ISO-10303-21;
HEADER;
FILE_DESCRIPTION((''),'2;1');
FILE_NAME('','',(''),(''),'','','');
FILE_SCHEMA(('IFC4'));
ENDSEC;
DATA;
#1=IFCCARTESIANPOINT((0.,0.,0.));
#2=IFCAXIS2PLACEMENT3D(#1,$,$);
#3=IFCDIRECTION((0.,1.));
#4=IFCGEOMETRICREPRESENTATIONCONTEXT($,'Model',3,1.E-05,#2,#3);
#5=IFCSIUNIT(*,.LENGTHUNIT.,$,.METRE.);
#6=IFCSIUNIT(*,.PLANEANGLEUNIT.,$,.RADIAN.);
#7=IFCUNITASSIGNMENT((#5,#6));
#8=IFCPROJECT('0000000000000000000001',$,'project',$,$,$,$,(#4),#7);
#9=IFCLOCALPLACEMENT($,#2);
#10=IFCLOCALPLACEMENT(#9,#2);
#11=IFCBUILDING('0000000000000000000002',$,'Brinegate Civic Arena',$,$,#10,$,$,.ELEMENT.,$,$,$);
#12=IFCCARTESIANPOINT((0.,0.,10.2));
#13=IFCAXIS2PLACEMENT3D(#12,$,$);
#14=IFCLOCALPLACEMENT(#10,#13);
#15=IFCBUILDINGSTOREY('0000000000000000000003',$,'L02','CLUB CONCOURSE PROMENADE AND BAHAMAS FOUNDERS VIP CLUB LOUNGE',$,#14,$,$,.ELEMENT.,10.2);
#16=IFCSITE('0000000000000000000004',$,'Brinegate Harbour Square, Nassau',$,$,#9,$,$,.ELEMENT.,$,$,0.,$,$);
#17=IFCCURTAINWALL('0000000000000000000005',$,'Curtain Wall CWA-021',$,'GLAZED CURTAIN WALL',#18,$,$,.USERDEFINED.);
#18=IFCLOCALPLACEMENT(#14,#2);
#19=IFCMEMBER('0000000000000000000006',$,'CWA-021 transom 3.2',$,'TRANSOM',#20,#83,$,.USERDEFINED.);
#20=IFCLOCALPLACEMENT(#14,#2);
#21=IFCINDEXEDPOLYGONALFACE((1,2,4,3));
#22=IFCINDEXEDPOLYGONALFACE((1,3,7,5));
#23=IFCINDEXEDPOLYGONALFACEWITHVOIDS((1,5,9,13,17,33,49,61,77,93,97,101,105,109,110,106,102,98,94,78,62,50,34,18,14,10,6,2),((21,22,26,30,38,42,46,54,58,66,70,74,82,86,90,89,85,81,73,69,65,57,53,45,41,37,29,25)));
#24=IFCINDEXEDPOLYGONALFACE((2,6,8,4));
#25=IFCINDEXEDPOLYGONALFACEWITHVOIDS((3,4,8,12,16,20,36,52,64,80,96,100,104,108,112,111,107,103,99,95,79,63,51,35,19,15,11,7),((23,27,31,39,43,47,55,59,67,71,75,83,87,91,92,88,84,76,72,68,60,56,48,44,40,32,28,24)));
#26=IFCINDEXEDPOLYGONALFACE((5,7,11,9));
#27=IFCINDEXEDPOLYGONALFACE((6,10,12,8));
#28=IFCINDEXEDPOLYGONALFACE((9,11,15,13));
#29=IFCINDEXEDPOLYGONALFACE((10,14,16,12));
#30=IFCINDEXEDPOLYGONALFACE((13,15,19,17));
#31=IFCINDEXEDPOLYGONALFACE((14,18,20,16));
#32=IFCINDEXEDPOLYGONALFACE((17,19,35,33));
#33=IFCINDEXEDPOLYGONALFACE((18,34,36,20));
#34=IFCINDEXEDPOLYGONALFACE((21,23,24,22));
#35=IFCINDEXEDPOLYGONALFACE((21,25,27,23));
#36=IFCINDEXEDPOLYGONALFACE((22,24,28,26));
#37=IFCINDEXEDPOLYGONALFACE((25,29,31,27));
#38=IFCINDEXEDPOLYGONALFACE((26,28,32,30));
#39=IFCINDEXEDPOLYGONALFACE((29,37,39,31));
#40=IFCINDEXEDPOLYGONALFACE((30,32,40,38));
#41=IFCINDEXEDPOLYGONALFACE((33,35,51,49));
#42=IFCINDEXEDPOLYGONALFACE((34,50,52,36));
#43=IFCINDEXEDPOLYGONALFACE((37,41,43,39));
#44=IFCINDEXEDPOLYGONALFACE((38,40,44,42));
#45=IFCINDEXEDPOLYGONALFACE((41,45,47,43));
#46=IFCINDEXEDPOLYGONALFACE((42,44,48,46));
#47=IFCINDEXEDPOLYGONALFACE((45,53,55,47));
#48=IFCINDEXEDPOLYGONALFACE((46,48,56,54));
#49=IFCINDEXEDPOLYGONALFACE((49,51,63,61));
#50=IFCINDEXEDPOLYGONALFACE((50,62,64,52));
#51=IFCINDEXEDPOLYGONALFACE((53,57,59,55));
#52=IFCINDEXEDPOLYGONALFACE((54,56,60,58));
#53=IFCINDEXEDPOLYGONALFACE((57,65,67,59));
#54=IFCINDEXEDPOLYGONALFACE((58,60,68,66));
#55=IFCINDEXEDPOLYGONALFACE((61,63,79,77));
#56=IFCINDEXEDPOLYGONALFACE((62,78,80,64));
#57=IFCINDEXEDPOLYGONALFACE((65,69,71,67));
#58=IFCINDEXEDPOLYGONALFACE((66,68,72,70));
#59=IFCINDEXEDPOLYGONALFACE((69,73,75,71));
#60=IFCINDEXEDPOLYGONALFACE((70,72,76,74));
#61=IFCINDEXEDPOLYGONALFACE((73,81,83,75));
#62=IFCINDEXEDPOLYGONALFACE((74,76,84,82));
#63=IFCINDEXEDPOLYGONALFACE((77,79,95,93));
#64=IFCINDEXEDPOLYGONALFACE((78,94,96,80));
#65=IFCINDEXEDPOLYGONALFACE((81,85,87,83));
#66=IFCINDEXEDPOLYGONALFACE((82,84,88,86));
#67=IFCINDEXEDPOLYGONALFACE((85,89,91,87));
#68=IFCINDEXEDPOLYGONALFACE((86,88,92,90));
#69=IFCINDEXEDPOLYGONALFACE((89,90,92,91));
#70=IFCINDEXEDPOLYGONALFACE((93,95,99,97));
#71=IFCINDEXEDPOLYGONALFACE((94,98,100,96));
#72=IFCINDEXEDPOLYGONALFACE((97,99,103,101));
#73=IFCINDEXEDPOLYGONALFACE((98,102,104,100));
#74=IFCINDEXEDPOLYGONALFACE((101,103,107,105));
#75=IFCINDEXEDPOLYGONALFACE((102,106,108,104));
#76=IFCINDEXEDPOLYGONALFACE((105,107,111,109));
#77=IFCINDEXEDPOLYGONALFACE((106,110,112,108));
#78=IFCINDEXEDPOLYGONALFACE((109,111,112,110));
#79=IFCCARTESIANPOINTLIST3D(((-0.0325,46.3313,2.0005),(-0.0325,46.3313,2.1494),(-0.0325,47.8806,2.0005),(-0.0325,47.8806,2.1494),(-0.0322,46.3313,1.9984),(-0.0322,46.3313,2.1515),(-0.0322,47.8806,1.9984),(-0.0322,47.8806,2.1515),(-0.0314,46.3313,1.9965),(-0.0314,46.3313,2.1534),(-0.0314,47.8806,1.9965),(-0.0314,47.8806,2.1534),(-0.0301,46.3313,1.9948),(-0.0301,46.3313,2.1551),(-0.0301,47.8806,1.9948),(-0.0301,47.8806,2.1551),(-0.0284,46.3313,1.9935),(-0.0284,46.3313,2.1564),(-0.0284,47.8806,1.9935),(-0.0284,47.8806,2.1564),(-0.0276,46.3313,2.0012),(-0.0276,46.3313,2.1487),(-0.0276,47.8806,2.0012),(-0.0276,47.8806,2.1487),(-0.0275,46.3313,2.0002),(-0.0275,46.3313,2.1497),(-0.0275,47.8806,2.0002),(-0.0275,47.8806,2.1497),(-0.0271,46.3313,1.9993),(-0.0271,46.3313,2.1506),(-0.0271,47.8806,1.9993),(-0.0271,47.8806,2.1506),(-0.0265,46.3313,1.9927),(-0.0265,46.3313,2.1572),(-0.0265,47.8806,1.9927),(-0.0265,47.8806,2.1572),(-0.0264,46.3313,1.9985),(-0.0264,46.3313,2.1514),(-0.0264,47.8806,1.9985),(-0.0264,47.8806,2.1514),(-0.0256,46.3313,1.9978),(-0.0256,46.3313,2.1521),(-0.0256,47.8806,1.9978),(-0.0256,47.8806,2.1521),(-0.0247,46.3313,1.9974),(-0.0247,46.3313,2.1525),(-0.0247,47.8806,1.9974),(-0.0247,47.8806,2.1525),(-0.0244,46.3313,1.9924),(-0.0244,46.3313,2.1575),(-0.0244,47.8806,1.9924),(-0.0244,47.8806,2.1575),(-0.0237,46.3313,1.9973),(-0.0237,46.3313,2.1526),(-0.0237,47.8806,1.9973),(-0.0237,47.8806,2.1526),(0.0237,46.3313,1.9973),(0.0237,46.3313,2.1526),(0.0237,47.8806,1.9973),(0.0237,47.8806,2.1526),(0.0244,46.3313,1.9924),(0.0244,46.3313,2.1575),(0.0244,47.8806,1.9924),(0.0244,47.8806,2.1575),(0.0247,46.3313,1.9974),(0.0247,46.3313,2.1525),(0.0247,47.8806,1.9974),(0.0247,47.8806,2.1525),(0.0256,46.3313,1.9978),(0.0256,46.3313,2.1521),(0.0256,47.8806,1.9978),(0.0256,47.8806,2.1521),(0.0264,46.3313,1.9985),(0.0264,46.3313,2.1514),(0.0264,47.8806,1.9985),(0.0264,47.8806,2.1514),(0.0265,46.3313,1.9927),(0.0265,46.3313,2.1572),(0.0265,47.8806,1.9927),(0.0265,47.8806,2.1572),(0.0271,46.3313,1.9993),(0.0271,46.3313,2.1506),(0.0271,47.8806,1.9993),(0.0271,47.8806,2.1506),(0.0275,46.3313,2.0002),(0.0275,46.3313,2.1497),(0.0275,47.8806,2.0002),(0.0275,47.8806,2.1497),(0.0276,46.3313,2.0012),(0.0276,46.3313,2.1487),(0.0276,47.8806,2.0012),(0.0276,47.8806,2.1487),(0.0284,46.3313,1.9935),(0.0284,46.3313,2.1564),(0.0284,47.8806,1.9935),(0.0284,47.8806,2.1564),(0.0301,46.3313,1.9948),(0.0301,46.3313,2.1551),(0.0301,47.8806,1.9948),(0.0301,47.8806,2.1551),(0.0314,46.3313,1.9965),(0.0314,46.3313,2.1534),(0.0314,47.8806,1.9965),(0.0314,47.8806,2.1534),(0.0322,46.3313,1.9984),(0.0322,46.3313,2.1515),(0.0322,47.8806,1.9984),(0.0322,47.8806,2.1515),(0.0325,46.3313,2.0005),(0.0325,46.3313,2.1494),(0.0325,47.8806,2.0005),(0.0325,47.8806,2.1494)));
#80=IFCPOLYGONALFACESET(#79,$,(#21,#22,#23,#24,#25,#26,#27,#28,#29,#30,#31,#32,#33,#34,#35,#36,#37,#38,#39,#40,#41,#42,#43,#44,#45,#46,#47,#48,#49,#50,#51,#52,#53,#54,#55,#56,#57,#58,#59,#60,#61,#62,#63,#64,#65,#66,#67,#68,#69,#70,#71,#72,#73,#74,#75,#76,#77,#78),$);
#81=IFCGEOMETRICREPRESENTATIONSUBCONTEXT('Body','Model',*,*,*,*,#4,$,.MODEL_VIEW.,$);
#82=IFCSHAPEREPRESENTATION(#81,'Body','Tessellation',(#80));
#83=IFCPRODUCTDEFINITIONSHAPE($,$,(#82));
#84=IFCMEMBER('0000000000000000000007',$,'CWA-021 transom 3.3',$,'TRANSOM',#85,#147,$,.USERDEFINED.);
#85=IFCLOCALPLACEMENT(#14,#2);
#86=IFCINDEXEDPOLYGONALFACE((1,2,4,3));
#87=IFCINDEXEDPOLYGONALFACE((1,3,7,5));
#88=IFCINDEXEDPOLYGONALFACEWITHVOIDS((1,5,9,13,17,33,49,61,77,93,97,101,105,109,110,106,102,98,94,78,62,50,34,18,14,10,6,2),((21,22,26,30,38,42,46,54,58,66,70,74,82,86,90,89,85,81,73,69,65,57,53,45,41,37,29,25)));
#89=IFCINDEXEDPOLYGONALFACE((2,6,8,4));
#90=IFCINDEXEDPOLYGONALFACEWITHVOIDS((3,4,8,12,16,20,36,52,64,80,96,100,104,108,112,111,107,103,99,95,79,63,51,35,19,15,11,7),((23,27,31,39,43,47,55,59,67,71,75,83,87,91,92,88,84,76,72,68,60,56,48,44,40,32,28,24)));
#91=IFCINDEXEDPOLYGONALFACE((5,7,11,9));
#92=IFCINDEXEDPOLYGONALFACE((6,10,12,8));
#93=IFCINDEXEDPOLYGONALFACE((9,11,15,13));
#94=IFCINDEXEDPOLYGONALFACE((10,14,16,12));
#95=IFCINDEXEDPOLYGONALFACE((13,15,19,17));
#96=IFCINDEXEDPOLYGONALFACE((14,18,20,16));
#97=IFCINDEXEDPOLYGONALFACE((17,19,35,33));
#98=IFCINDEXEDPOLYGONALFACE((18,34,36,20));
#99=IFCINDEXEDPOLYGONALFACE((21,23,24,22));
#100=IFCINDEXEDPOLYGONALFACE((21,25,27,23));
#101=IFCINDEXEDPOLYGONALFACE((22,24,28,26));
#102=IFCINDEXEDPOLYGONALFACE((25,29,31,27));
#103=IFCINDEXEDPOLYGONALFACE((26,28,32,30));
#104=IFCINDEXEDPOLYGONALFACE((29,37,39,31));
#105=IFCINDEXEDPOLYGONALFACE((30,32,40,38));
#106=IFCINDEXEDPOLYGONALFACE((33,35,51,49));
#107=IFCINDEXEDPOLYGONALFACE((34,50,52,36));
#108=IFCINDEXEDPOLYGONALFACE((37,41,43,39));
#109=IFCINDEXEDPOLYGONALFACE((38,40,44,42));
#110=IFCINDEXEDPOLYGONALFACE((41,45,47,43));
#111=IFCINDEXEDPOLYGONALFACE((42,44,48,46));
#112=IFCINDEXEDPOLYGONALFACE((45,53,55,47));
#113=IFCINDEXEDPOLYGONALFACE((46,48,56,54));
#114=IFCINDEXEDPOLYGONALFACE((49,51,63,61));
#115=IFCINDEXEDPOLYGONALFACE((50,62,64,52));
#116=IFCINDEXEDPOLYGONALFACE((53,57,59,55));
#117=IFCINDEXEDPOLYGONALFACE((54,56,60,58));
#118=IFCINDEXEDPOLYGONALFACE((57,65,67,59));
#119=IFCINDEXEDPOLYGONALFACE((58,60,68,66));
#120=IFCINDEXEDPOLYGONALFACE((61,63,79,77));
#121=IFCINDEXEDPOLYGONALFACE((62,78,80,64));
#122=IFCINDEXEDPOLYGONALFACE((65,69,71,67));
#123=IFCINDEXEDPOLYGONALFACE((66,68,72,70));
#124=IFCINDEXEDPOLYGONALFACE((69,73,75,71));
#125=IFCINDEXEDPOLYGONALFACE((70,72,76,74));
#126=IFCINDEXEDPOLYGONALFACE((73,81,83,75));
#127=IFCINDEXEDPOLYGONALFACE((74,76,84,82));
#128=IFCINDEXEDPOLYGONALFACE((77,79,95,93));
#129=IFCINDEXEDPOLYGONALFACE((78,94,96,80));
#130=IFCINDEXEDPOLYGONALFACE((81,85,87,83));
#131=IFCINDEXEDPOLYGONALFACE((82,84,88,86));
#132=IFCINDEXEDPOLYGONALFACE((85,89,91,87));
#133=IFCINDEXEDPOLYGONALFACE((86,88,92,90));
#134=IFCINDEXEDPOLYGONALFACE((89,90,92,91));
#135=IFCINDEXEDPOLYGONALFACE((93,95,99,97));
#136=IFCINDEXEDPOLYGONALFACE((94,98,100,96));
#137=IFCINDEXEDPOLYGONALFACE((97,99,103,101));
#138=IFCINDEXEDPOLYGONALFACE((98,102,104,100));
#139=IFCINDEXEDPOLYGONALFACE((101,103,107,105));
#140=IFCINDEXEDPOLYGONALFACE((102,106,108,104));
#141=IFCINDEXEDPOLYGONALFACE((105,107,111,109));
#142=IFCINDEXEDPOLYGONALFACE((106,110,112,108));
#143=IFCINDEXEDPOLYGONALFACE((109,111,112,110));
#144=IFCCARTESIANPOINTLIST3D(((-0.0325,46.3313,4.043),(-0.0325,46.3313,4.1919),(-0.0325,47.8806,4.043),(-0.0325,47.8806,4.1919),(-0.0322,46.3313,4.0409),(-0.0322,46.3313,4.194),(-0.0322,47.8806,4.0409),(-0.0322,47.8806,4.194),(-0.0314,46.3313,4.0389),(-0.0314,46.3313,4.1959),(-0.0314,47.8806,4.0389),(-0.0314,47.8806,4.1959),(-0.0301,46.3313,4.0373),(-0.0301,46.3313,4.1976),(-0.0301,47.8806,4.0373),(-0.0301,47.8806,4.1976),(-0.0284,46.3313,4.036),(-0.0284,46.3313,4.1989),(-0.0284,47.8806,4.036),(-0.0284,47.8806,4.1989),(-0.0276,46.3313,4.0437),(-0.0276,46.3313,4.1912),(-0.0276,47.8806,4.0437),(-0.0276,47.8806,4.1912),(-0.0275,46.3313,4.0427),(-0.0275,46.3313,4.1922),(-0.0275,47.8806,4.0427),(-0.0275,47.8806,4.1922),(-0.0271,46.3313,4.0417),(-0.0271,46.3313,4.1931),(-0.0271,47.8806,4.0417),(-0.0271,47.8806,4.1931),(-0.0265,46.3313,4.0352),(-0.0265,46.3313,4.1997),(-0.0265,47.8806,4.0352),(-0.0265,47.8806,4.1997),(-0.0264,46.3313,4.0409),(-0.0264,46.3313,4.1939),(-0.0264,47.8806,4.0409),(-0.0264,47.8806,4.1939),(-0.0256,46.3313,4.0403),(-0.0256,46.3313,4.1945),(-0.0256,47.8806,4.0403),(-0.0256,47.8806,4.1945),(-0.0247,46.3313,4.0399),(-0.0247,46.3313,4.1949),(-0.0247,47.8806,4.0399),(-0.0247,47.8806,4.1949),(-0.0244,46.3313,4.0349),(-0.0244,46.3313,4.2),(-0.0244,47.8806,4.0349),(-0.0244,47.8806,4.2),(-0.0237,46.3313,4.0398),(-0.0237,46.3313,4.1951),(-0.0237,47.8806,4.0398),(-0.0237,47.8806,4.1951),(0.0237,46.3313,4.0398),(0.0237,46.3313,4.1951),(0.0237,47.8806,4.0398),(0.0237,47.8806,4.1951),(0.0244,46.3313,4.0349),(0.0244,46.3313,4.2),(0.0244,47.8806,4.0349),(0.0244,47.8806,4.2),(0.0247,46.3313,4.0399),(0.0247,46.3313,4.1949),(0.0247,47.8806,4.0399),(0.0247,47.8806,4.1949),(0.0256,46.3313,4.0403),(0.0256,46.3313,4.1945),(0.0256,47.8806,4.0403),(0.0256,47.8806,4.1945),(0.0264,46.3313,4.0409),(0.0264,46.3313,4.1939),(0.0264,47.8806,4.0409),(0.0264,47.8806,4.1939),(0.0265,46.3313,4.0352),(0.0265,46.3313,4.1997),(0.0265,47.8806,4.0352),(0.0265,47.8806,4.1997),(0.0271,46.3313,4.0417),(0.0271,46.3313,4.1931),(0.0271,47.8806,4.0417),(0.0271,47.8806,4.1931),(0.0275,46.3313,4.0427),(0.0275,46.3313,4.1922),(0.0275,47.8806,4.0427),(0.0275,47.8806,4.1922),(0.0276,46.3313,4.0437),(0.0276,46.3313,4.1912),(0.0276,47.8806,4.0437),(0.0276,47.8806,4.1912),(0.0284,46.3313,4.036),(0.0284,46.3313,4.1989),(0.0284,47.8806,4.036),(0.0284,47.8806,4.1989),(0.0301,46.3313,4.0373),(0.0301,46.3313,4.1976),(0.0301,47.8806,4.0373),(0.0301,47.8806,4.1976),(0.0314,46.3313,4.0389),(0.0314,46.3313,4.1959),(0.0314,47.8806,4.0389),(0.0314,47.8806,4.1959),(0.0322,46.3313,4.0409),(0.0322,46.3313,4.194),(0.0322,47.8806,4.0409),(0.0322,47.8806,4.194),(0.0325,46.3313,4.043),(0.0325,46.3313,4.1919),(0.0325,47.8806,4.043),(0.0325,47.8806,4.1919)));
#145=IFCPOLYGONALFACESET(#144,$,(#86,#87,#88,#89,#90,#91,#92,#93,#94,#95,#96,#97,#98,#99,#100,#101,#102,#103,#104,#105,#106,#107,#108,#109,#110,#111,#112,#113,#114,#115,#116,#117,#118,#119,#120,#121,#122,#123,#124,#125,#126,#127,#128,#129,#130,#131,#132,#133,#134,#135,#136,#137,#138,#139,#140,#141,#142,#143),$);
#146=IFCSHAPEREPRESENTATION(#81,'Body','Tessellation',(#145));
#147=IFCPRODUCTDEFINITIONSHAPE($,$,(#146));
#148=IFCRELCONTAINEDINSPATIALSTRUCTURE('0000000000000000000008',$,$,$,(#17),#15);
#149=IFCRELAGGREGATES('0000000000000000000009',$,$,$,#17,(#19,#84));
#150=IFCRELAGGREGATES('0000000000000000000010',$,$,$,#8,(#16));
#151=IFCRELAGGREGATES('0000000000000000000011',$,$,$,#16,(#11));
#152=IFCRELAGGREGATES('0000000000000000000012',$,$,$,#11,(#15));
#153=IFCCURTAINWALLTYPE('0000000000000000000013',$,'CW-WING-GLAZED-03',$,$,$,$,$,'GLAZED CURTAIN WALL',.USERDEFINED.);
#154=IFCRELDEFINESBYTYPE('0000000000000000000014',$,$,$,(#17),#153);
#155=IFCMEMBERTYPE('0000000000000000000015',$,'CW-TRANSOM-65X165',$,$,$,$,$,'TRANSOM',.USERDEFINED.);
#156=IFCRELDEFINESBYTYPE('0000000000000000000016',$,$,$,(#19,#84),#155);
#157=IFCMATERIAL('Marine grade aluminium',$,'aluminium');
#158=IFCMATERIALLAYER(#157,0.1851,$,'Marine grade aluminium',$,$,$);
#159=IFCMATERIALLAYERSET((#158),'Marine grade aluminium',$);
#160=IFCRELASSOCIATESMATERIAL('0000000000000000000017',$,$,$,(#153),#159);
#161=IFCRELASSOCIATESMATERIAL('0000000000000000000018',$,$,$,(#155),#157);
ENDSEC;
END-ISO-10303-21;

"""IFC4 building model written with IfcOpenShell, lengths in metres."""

from ifc_helpers import new_model, si_unit, direction, frame, origin, origin_2d, place, context, subcontext, project, spatial, hollow_rectangle, extrude, material, layer, layer_set, material_profile, profile_set, type_object, element, aggregate, save


model = new_model("IFC4")

# Units and contexts
model_context = context("Model", 3, precision=1e-05, world=origin(), true_north=direction((0.0, 1.0)))
body_context = subcontext(model_context, "Body", "Model", "MODEL_VIEW")
ifc_project = project(units=[si_unit("LENGTHUNIT", "METRE"), si_unit("PLANEANGLEUNIT", "RADIAN")], contexts=[model_context])

# Site, building, storey
site_placement = place(None, origin())
site = spatial("IfcSite", under=ifc_project, at=site_placement, Name="Brinegate Harbour Square, Nassau", CompositionType="ELEMENT", RefElevation=0.0)
building_placement = place(site_placement, origin())
building = spatial("IfcBuilding", under=site, at=building_placement, Name="Brinegate Civic Arena", CompositionType="ELEMENT")
storey_placement = place(building_placement, frame((0.0, 0.0, 10.2)))
storey = spatial("IfcBuildingStorey", under=building, at=storey_placement, Name="L02", Description="CLUB CONCOURSE PROMENADE AND BAHAMAS FOUNDERS VIP CLUB LOUNGE", CompositionType="ELEMENT", Elevation=10.2)

# Curtain wall
ifc_material_1 = material(Name="Marine grade aluminium", Category="aluminium")
ifc_layer_1 = layer(ifc_material_1, 0.1851, Name="Marine grade aluminium")
ifc_layer_set_1 = layer_set([ifc_layer_1], Name="Marine grade aluminium")
curtain_wall_type = type_object("IfcCurtainWallType", Name="CW-WING-GLAZED-03", ElementType="GLAZED CURTAIN WALL", PredefinedType="USERDEFINED", material=ifc_layer_set_1)
curtain_wall_1_placement = place(storey_placement, origin())
curtain_wall_1 = element("IfcCurtainWall", 1, at=curtain_wall_1_placement, inside=storey, type_object=curtain_wall_type, Name="Curtain Wall CWA-021", ObjectType="GLAZED CURTAIN WALL", PredefinedType="USERDEFINED")

# Members
ifc_material_profile_1 = material_profile(ifc_material_1, hollow_rectangle(XDim=0.0649, YDim=0.165, WallThickness=0.0049, InnerFilletRadius=0.0039, OuterFilletRadius=0.0081, at=origin_2d()), Name="TRN65X165")
ifc_profile_set_1 = profile_set([ifc_material_profile_1], Name="Marine grade aluminium")
member_type_1 = type_object("IfcMemberType", Name="CW-TRANSOM-65X165", ElementType="TRANSOM", PredefinedType="USERDEFINED", material=ifc_profile_set_1)
member_1_placement = place(storey_placement, frame((0.0, 46.3313, 2.075), z_axis=(0.0, 1.0, 0.0), x_axis=(-1.0, 0.0, 0.0)))
member_1 = element("IfcMember", 2, at=member_1_placement, type_object=member_type_1, Name="CWA-021 transom 3.2", ObjectType="TRANSOM", PredefinedType="USERDEFINED", context=body_context, shape_type="SweptSolid", body=[
    extrude(hollow_rectangle(XDim=0.0649, YDim=0.165, WallThickness=0.0049, InnerFilletRadius=0.0039, OuterFilletRadius=0.0081, at=origin_2d()), origin(), (0.0, 0.0, 1.0), 1.5493),
])
member_2_placement = place(storey_placement, frame((0.0, 46.3313, 4.1174), z_axis=(0.0, 1.0, 0.0), x_axis=(-1.0, 0.0, 0.0)))
member_2 = element("IfcMember", 3, at=member_2_placement, type_object=member_type_1, Name="CWA-021 transom 3.3", ObjectType="TRANSOM", PredefinedType="USERDEFINED", context=body_context, shape_type="SweptSolid", body=[
    extrude(hollow_rectangle(XDim=0.0649, YDim=0.165, WallThickness=0.0049, InnerFilletRadius=0.0039, OuterFilletRadius=0.0081, at=origin_2d()), origin(), (0.0, 0.0, 1.0), 1.5493),
])

aggregate(curtain_wall_1, [member_1, member_2])

save(model, "model.ifc")
